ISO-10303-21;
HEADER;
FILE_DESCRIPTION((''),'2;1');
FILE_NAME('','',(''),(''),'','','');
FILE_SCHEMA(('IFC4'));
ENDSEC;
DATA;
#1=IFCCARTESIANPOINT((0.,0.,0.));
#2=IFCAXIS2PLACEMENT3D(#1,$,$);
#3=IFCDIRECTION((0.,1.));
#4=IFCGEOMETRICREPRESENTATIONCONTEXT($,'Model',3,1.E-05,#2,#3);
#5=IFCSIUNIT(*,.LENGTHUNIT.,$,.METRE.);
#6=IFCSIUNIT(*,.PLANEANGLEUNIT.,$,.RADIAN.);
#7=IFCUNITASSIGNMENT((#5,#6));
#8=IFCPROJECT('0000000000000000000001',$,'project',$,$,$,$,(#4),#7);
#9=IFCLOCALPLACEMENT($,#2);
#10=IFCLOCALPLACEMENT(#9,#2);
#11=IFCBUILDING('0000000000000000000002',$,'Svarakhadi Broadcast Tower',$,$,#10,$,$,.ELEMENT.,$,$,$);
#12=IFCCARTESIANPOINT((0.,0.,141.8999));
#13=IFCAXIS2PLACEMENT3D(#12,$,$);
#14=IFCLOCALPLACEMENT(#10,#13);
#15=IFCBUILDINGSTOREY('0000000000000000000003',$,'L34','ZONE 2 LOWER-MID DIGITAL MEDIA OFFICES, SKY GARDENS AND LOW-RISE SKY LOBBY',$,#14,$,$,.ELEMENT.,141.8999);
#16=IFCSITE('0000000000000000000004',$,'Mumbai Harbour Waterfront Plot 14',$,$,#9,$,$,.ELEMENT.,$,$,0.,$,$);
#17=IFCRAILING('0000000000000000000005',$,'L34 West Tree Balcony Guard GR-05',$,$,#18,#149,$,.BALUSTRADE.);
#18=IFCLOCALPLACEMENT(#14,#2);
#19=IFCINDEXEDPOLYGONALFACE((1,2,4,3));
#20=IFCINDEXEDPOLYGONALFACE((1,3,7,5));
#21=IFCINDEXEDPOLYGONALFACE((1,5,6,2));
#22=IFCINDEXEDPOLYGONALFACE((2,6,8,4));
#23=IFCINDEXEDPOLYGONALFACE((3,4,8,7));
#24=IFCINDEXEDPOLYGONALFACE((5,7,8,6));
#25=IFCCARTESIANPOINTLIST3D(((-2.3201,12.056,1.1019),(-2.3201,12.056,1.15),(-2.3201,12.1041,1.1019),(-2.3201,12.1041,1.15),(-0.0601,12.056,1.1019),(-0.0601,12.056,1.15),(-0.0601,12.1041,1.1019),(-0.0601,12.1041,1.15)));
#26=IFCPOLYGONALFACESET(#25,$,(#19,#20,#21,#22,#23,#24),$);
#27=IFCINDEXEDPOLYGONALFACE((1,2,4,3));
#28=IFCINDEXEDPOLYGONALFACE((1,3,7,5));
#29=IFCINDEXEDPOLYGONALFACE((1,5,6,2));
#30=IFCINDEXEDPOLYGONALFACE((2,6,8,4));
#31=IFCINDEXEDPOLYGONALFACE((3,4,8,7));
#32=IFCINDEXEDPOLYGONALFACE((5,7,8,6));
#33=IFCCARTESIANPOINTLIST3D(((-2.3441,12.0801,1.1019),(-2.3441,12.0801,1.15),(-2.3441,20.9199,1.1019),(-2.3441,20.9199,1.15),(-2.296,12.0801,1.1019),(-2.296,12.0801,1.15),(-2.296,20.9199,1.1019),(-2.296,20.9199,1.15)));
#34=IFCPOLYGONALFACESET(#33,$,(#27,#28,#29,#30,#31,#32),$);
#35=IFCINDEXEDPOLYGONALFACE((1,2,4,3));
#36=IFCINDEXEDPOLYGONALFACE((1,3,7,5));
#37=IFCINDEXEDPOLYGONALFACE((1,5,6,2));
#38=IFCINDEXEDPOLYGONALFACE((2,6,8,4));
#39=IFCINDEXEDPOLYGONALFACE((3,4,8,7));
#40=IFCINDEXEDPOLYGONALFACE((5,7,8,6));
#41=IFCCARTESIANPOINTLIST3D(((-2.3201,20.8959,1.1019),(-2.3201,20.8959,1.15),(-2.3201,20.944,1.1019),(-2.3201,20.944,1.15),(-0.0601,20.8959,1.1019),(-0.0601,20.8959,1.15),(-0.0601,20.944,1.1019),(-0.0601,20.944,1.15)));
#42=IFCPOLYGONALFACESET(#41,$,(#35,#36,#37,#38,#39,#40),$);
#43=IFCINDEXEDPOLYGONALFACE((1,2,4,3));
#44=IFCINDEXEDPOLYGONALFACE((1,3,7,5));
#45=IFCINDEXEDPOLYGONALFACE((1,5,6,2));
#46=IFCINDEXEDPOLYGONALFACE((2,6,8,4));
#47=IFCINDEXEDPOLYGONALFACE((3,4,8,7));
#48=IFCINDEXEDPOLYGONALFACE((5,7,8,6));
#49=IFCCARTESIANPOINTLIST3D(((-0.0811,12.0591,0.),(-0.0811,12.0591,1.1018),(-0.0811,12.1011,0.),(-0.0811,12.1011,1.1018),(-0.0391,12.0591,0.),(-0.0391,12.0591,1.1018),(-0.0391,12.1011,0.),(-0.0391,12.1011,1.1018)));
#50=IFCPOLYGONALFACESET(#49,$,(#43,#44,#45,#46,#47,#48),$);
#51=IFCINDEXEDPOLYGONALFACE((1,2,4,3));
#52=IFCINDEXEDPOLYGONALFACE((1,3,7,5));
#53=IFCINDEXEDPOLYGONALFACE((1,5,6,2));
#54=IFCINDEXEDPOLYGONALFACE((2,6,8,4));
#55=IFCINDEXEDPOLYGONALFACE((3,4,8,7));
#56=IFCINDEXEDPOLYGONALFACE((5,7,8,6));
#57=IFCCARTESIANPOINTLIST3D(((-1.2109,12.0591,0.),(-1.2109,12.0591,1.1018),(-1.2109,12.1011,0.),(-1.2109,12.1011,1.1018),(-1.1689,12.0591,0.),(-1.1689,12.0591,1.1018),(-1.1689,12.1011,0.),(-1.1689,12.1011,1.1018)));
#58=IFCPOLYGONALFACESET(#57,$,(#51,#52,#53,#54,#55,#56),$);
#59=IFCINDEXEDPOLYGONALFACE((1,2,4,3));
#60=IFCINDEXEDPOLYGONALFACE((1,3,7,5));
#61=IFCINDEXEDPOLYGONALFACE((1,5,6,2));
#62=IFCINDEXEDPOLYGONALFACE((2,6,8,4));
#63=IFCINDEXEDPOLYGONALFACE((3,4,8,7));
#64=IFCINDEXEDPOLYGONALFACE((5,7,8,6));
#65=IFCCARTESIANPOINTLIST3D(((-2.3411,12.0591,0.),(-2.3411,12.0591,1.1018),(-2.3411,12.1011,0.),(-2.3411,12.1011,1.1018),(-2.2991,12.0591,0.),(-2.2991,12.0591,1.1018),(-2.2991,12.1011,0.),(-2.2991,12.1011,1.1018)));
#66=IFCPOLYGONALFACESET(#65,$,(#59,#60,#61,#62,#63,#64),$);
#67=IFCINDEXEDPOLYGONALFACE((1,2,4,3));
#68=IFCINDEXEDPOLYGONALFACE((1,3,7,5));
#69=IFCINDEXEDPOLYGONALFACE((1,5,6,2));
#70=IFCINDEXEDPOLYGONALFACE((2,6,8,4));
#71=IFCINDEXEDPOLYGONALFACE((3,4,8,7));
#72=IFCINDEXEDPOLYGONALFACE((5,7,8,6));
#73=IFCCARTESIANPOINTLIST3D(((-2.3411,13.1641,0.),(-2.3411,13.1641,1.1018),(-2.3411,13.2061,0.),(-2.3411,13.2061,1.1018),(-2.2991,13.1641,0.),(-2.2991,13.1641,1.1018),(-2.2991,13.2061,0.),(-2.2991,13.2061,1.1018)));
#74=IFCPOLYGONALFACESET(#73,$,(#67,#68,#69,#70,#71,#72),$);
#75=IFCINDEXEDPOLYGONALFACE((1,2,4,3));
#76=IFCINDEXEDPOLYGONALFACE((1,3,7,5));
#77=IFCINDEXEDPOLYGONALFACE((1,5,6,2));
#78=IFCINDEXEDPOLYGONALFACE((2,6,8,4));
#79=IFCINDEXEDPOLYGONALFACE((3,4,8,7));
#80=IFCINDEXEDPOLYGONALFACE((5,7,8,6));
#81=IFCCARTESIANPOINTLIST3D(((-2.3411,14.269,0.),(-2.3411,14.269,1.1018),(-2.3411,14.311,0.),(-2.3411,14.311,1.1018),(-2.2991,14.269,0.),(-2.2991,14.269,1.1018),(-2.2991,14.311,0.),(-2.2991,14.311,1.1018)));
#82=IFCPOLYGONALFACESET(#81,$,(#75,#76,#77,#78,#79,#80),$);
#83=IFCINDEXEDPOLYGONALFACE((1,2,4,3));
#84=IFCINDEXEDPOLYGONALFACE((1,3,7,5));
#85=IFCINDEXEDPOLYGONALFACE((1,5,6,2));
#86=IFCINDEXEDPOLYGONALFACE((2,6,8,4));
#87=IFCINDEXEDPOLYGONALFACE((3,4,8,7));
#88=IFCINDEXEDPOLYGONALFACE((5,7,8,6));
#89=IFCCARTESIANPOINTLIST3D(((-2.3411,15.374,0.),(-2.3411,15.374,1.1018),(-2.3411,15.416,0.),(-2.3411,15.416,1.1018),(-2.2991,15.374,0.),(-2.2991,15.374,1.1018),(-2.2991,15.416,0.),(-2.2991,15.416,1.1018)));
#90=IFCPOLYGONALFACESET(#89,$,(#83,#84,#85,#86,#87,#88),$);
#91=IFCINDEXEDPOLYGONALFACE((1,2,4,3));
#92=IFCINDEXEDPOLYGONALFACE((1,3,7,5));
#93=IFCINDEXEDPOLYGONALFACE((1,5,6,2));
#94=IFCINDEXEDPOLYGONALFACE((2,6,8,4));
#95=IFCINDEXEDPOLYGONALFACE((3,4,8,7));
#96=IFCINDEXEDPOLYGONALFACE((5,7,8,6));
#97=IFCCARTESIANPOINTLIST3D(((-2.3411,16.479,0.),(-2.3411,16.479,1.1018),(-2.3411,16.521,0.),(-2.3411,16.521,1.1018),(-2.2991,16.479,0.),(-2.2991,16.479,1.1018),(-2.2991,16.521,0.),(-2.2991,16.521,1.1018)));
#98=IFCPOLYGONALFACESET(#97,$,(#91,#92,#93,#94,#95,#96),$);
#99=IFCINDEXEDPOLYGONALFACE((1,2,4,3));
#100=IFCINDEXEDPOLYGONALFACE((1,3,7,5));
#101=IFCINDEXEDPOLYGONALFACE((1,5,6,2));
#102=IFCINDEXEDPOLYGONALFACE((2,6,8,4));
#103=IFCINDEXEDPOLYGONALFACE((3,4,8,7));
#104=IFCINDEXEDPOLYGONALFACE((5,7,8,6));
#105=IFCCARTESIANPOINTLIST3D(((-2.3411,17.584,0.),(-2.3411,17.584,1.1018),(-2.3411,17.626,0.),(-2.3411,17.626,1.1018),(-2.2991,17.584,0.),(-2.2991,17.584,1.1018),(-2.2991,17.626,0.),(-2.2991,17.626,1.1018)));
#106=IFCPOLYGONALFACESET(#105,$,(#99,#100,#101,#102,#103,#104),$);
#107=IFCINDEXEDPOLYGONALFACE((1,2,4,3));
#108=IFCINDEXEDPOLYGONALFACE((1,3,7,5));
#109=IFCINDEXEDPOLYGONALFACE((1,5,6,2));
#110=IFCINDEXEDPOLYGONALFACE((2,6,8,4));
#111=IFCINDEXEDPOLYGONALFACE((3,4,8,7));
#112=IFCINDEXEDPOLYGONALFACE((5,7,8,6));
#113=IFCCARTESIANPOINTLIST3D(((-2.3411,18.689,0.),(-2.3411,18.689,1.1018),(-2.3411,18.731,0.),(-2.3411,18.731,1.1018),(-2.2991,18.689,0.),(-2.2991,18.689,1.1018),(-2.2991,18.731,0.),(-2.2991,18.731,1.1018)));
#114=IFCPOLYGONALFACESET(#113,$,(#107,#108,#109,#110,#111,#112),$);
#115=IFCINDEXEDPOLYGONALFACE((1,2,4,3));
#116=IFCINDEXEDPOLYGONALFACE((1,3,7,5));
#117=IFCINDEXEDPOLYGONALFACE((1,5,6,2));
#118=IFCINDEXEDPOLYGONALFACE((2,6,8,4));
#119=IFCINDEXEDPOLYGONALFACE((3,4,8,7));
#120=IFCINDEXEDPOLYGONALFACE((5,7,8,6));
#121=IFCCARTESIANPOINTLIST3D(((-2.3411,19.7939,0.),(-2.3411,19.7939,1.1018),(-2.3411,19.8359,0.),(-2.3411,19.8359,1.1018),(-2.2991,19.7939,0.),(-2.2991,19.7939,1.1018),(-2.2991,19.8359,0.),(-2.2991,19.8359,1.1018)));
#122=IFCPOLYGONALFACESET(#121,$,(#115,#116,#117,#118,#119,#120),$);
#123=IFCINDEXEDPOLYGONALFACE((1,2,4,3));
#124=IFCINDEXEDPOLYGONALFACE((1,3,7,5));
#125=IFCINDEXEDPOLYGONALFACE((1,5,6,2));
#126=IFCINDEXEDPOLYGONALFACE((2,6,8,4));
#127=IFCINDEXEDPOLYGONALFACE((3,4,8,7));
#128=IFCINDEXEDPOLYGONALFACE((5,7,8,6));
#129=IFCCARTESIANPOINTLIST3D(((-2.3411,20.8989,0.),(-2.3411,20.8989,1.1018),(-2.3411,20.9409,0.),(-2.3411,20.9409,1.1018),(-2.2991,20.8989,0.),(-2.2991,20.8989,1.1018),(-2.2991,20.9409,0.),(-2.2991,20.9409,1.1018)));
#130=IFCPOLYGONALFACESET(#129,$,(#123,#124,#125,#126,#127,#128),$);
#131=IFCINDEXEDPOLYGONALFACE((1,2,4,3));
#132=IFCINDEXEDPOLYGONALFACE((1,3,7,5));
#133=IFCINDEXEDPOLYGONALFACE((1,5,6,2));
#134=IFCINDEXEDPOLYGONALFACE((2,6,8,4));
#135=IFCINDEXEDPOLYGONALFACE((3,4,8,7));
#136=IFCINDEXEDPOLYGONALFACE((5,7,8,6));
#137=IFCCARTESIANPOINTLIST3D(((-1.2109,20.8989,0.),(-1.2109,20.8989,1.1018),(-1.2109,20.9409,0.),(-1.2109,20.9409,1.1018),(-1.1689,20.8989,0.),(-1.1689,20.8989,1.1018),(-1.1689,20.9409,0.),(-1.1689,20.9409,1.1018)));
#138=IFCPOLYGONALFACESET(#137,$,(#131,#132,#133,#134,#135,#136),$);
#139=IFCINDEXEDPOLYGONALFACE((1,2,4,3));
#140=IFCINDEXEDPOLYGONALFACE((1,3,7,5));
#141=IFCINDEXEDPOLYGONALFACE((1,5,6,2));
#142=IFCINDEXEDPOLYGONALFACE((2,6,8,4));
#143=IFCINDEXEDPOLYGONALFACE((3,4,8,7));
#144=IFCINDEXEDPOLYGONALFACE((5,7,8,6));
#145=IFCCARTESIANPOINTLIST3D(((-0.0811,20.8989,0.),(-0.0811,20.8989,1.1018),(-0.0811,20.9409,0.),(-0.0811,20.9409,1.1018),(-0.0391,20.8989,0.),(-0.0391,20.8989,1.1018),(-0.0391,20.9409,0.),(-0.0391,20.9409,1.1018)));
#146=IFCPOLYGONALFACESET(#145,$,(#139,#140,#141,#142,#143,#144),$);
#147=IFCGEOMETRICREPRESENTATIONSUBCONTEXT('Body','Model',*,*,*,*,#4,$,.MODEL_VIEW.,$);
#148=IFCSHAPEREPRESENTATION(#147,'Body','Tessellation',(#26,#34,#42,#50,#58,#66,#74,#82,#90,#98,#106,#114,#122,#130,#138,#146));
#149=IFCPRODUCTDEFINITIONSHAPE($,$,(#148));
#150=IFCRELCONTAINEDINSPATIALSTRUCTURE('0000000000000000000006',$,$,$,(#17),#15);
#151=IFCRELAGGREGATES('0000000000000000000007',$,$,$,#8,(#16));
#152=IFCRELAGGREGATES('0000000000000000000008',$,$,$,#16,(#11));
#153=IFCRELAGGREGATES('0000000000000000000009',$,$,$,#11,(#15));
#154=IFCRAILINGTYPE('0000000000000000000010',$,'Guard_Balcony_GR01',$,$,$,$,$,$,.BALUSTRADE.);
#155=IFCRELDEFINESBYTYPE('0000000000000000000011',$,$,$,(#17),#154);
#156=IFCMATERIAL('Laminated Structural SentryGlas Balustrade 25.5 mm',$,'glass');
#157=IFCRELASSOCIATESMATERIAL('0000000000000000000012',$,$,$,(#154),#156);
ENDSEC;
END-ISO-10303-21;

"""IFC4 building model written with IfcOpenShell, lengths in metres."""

from ifc_helpers import new_model, si_unit, direction, frame, origin, origin_2d, place, context, subcontext, project, spatial, rectangle, extrude, material, type_object, element, save


model = new_model("IFC4")

# Units and contexts
model_context = context("Model", 3, precision=1e-05, world=origin(), true_north=direction((0.0, 1.0)))
body_context = subcontext(model_context, "Body", "Model", "MODEL_VIEW")
ifc_project = project(units=[si_unit("LENGTHUNIT", "METRE"), si_unit("PLANEANGLEUNIT", "RADIAN")], contexts=[model_context])

# Site, building, storey
site_placement = place(None, origin())
site = spatial("IfcSite", under=ifc_project, at=site_placement, Name="Mumbai Harbour Waterfront Plot 14", CompositionType="ELEMENT", RefElevation=0.0)
building_placement = place(site_placement, origin())
building = spatial("IfcBuilding", under=site, at=building_placement, Name="Svarakhadi Broadcast Tower", CompositionType="ELEMENT")
storey_placement = place(building_placement, frame((0.0, 0.0, 141.8999)))
storey = spatial("IfcBuildingStorey", under=building, at=storey_placement, Name="L34", Description="ZONE 2 LOWER-MID DIGITAL MEDIA OFFICES, SKY GARDENS AND LOW-RISE SKY LOBBY", CompositionType="ELEMENT", Elevation=141.8999)

# Railing
ifc_material_1 = material(Name="Laminated Structural SentryGlas Balustrade 25.5 mm", Category="glass")
railing_type = type_object("IfcRailingType", Name="Guard_Balcony_GR01", PredefinedType="BALUSTRADE", material=ifc_material_1)
railing_placement = place(storey_placement, frame((-0.0601, 12.0801, 0.0)))
element("IfcRailing", 1, at=railing_placement, inside=storey, type_object=railing_type, Name="L34 West Tree Balcony Guard GR-05", PredefinedType="BALUSTRADE", context=body_context, shape_type="SweptSolid", body=[
    extrude(rectangle(XDim=0.0481, YDim=0.0481, at=origin_2d()), frame((0.0, 0.0, 1.126), z_axis=(-1.0, 0.0, 0.0), x_axis=(0.0, -1.0, 0.0)), (0.0, 0.0, 1.0), 2.26),
    extrude(rectangle(XDim=0.0481, YDim=0.0481, at=origin_2d()), frame((-2.26, 0.0, 1.126), z_axis=(0.0, 1.0, 0.0), x_axis=(-1.0, 0.0, 0.0)), (0.0, 0.0, 1.0), 8.8398),
    extrude(rectangle(XDim=0.0481, YDim=0.0481, at=origin_2d()), frame((-2.26, 8.8398, 1.126), z_axis=(1.0, 0.0, 0.0), x_axis=(0.0, 1.0, 0.0)), (0.0, 0.0, 1.0), 2.26),
    extrude(rectangle(XDim=0.042, YDim=0.042, at=origin_2d()), origin(), (0.0, 0.0, 1.0), 1.1018),
    extrude(rectangle(XDim=0.042, YDim=0.042, at=origin_2d()), frame((-1.1299, 0.0, 0.0)), (0.0, 0.0, 1.0), 1.1018),
    extrude(rectangle(XDim=0.042, YDim=0.042, at=origin_2d()), frame((-2.26, 0.0, 0.0)), (0.0, 0.0, 1.0), 1.1018),
    extrude(rectangle(XDim=0.042, YDim=0.042, at=origin_2d()), frame((-2.26, 1.105, 0.0)), (0.0, 0.0, 1.0), 1.1018),
    extrude(rectangle(XDim=0.042, YDim=0.042, at=origin_2d()), frame((-2.26, 2.21, 0.0)), (0.0, 0.0, 1.0), 1.1018),
    extrude(rectangle(XDim=0.042, YDim=0.042, at=origin_2d()), frame((-2.26, 3.3149, 0.0)), (0.0, 0.0, 1.0), 1.1018),
    extrude(rectangle(XDim=0.042, YDim=0.042, at=origin_2d()), frame((-2.26, 4.4199, 0.0)), (0.0, 0.0, 1.0), 1.1018),
    extrude(rectangle(XDim=0.042, YDim=0.042, at=origin_2d()), frame((-2.26, 5.5249, 0.0)), (0.0, 0.0, 1.0), 1.1018),
    extrude(rectangle(XDim=0.042, YDim=0.042, at=origin_2d()), frame((-2.26, 6.6299, 0.0)), (0.0, 0.0, 1.0), 1.1018),
    extrude(rectangle(XDim=0.042, YDim=0.042, at=origin_2d()), frame((-2.26, 7.7349, 0.0)), (0.0, 0.0, 1.0), 1.1018),
    extrude(rectangle(XDim=0.042, YDim=0.042, at=origin_2d()), frame((-2.26, 8.8398, 0.0)), (0.0, 0.0, 1.0), 1.1018),
    extrude(rectangle(XDim=0.042, YDim=0.042, at=origin_2d()), frame((-1.1299, 8.8398, 0.0)), (0.0, 0.0, 1.0), 1.1018),
    extrude(rectangle(XDim=0.042, YDim=0.042, at=origin_2d()), frame((0.0, 8.8398, 0.0)), (0.0, 0.0, 1.0), 1.1018),
])

save(model, "model.ifc")
